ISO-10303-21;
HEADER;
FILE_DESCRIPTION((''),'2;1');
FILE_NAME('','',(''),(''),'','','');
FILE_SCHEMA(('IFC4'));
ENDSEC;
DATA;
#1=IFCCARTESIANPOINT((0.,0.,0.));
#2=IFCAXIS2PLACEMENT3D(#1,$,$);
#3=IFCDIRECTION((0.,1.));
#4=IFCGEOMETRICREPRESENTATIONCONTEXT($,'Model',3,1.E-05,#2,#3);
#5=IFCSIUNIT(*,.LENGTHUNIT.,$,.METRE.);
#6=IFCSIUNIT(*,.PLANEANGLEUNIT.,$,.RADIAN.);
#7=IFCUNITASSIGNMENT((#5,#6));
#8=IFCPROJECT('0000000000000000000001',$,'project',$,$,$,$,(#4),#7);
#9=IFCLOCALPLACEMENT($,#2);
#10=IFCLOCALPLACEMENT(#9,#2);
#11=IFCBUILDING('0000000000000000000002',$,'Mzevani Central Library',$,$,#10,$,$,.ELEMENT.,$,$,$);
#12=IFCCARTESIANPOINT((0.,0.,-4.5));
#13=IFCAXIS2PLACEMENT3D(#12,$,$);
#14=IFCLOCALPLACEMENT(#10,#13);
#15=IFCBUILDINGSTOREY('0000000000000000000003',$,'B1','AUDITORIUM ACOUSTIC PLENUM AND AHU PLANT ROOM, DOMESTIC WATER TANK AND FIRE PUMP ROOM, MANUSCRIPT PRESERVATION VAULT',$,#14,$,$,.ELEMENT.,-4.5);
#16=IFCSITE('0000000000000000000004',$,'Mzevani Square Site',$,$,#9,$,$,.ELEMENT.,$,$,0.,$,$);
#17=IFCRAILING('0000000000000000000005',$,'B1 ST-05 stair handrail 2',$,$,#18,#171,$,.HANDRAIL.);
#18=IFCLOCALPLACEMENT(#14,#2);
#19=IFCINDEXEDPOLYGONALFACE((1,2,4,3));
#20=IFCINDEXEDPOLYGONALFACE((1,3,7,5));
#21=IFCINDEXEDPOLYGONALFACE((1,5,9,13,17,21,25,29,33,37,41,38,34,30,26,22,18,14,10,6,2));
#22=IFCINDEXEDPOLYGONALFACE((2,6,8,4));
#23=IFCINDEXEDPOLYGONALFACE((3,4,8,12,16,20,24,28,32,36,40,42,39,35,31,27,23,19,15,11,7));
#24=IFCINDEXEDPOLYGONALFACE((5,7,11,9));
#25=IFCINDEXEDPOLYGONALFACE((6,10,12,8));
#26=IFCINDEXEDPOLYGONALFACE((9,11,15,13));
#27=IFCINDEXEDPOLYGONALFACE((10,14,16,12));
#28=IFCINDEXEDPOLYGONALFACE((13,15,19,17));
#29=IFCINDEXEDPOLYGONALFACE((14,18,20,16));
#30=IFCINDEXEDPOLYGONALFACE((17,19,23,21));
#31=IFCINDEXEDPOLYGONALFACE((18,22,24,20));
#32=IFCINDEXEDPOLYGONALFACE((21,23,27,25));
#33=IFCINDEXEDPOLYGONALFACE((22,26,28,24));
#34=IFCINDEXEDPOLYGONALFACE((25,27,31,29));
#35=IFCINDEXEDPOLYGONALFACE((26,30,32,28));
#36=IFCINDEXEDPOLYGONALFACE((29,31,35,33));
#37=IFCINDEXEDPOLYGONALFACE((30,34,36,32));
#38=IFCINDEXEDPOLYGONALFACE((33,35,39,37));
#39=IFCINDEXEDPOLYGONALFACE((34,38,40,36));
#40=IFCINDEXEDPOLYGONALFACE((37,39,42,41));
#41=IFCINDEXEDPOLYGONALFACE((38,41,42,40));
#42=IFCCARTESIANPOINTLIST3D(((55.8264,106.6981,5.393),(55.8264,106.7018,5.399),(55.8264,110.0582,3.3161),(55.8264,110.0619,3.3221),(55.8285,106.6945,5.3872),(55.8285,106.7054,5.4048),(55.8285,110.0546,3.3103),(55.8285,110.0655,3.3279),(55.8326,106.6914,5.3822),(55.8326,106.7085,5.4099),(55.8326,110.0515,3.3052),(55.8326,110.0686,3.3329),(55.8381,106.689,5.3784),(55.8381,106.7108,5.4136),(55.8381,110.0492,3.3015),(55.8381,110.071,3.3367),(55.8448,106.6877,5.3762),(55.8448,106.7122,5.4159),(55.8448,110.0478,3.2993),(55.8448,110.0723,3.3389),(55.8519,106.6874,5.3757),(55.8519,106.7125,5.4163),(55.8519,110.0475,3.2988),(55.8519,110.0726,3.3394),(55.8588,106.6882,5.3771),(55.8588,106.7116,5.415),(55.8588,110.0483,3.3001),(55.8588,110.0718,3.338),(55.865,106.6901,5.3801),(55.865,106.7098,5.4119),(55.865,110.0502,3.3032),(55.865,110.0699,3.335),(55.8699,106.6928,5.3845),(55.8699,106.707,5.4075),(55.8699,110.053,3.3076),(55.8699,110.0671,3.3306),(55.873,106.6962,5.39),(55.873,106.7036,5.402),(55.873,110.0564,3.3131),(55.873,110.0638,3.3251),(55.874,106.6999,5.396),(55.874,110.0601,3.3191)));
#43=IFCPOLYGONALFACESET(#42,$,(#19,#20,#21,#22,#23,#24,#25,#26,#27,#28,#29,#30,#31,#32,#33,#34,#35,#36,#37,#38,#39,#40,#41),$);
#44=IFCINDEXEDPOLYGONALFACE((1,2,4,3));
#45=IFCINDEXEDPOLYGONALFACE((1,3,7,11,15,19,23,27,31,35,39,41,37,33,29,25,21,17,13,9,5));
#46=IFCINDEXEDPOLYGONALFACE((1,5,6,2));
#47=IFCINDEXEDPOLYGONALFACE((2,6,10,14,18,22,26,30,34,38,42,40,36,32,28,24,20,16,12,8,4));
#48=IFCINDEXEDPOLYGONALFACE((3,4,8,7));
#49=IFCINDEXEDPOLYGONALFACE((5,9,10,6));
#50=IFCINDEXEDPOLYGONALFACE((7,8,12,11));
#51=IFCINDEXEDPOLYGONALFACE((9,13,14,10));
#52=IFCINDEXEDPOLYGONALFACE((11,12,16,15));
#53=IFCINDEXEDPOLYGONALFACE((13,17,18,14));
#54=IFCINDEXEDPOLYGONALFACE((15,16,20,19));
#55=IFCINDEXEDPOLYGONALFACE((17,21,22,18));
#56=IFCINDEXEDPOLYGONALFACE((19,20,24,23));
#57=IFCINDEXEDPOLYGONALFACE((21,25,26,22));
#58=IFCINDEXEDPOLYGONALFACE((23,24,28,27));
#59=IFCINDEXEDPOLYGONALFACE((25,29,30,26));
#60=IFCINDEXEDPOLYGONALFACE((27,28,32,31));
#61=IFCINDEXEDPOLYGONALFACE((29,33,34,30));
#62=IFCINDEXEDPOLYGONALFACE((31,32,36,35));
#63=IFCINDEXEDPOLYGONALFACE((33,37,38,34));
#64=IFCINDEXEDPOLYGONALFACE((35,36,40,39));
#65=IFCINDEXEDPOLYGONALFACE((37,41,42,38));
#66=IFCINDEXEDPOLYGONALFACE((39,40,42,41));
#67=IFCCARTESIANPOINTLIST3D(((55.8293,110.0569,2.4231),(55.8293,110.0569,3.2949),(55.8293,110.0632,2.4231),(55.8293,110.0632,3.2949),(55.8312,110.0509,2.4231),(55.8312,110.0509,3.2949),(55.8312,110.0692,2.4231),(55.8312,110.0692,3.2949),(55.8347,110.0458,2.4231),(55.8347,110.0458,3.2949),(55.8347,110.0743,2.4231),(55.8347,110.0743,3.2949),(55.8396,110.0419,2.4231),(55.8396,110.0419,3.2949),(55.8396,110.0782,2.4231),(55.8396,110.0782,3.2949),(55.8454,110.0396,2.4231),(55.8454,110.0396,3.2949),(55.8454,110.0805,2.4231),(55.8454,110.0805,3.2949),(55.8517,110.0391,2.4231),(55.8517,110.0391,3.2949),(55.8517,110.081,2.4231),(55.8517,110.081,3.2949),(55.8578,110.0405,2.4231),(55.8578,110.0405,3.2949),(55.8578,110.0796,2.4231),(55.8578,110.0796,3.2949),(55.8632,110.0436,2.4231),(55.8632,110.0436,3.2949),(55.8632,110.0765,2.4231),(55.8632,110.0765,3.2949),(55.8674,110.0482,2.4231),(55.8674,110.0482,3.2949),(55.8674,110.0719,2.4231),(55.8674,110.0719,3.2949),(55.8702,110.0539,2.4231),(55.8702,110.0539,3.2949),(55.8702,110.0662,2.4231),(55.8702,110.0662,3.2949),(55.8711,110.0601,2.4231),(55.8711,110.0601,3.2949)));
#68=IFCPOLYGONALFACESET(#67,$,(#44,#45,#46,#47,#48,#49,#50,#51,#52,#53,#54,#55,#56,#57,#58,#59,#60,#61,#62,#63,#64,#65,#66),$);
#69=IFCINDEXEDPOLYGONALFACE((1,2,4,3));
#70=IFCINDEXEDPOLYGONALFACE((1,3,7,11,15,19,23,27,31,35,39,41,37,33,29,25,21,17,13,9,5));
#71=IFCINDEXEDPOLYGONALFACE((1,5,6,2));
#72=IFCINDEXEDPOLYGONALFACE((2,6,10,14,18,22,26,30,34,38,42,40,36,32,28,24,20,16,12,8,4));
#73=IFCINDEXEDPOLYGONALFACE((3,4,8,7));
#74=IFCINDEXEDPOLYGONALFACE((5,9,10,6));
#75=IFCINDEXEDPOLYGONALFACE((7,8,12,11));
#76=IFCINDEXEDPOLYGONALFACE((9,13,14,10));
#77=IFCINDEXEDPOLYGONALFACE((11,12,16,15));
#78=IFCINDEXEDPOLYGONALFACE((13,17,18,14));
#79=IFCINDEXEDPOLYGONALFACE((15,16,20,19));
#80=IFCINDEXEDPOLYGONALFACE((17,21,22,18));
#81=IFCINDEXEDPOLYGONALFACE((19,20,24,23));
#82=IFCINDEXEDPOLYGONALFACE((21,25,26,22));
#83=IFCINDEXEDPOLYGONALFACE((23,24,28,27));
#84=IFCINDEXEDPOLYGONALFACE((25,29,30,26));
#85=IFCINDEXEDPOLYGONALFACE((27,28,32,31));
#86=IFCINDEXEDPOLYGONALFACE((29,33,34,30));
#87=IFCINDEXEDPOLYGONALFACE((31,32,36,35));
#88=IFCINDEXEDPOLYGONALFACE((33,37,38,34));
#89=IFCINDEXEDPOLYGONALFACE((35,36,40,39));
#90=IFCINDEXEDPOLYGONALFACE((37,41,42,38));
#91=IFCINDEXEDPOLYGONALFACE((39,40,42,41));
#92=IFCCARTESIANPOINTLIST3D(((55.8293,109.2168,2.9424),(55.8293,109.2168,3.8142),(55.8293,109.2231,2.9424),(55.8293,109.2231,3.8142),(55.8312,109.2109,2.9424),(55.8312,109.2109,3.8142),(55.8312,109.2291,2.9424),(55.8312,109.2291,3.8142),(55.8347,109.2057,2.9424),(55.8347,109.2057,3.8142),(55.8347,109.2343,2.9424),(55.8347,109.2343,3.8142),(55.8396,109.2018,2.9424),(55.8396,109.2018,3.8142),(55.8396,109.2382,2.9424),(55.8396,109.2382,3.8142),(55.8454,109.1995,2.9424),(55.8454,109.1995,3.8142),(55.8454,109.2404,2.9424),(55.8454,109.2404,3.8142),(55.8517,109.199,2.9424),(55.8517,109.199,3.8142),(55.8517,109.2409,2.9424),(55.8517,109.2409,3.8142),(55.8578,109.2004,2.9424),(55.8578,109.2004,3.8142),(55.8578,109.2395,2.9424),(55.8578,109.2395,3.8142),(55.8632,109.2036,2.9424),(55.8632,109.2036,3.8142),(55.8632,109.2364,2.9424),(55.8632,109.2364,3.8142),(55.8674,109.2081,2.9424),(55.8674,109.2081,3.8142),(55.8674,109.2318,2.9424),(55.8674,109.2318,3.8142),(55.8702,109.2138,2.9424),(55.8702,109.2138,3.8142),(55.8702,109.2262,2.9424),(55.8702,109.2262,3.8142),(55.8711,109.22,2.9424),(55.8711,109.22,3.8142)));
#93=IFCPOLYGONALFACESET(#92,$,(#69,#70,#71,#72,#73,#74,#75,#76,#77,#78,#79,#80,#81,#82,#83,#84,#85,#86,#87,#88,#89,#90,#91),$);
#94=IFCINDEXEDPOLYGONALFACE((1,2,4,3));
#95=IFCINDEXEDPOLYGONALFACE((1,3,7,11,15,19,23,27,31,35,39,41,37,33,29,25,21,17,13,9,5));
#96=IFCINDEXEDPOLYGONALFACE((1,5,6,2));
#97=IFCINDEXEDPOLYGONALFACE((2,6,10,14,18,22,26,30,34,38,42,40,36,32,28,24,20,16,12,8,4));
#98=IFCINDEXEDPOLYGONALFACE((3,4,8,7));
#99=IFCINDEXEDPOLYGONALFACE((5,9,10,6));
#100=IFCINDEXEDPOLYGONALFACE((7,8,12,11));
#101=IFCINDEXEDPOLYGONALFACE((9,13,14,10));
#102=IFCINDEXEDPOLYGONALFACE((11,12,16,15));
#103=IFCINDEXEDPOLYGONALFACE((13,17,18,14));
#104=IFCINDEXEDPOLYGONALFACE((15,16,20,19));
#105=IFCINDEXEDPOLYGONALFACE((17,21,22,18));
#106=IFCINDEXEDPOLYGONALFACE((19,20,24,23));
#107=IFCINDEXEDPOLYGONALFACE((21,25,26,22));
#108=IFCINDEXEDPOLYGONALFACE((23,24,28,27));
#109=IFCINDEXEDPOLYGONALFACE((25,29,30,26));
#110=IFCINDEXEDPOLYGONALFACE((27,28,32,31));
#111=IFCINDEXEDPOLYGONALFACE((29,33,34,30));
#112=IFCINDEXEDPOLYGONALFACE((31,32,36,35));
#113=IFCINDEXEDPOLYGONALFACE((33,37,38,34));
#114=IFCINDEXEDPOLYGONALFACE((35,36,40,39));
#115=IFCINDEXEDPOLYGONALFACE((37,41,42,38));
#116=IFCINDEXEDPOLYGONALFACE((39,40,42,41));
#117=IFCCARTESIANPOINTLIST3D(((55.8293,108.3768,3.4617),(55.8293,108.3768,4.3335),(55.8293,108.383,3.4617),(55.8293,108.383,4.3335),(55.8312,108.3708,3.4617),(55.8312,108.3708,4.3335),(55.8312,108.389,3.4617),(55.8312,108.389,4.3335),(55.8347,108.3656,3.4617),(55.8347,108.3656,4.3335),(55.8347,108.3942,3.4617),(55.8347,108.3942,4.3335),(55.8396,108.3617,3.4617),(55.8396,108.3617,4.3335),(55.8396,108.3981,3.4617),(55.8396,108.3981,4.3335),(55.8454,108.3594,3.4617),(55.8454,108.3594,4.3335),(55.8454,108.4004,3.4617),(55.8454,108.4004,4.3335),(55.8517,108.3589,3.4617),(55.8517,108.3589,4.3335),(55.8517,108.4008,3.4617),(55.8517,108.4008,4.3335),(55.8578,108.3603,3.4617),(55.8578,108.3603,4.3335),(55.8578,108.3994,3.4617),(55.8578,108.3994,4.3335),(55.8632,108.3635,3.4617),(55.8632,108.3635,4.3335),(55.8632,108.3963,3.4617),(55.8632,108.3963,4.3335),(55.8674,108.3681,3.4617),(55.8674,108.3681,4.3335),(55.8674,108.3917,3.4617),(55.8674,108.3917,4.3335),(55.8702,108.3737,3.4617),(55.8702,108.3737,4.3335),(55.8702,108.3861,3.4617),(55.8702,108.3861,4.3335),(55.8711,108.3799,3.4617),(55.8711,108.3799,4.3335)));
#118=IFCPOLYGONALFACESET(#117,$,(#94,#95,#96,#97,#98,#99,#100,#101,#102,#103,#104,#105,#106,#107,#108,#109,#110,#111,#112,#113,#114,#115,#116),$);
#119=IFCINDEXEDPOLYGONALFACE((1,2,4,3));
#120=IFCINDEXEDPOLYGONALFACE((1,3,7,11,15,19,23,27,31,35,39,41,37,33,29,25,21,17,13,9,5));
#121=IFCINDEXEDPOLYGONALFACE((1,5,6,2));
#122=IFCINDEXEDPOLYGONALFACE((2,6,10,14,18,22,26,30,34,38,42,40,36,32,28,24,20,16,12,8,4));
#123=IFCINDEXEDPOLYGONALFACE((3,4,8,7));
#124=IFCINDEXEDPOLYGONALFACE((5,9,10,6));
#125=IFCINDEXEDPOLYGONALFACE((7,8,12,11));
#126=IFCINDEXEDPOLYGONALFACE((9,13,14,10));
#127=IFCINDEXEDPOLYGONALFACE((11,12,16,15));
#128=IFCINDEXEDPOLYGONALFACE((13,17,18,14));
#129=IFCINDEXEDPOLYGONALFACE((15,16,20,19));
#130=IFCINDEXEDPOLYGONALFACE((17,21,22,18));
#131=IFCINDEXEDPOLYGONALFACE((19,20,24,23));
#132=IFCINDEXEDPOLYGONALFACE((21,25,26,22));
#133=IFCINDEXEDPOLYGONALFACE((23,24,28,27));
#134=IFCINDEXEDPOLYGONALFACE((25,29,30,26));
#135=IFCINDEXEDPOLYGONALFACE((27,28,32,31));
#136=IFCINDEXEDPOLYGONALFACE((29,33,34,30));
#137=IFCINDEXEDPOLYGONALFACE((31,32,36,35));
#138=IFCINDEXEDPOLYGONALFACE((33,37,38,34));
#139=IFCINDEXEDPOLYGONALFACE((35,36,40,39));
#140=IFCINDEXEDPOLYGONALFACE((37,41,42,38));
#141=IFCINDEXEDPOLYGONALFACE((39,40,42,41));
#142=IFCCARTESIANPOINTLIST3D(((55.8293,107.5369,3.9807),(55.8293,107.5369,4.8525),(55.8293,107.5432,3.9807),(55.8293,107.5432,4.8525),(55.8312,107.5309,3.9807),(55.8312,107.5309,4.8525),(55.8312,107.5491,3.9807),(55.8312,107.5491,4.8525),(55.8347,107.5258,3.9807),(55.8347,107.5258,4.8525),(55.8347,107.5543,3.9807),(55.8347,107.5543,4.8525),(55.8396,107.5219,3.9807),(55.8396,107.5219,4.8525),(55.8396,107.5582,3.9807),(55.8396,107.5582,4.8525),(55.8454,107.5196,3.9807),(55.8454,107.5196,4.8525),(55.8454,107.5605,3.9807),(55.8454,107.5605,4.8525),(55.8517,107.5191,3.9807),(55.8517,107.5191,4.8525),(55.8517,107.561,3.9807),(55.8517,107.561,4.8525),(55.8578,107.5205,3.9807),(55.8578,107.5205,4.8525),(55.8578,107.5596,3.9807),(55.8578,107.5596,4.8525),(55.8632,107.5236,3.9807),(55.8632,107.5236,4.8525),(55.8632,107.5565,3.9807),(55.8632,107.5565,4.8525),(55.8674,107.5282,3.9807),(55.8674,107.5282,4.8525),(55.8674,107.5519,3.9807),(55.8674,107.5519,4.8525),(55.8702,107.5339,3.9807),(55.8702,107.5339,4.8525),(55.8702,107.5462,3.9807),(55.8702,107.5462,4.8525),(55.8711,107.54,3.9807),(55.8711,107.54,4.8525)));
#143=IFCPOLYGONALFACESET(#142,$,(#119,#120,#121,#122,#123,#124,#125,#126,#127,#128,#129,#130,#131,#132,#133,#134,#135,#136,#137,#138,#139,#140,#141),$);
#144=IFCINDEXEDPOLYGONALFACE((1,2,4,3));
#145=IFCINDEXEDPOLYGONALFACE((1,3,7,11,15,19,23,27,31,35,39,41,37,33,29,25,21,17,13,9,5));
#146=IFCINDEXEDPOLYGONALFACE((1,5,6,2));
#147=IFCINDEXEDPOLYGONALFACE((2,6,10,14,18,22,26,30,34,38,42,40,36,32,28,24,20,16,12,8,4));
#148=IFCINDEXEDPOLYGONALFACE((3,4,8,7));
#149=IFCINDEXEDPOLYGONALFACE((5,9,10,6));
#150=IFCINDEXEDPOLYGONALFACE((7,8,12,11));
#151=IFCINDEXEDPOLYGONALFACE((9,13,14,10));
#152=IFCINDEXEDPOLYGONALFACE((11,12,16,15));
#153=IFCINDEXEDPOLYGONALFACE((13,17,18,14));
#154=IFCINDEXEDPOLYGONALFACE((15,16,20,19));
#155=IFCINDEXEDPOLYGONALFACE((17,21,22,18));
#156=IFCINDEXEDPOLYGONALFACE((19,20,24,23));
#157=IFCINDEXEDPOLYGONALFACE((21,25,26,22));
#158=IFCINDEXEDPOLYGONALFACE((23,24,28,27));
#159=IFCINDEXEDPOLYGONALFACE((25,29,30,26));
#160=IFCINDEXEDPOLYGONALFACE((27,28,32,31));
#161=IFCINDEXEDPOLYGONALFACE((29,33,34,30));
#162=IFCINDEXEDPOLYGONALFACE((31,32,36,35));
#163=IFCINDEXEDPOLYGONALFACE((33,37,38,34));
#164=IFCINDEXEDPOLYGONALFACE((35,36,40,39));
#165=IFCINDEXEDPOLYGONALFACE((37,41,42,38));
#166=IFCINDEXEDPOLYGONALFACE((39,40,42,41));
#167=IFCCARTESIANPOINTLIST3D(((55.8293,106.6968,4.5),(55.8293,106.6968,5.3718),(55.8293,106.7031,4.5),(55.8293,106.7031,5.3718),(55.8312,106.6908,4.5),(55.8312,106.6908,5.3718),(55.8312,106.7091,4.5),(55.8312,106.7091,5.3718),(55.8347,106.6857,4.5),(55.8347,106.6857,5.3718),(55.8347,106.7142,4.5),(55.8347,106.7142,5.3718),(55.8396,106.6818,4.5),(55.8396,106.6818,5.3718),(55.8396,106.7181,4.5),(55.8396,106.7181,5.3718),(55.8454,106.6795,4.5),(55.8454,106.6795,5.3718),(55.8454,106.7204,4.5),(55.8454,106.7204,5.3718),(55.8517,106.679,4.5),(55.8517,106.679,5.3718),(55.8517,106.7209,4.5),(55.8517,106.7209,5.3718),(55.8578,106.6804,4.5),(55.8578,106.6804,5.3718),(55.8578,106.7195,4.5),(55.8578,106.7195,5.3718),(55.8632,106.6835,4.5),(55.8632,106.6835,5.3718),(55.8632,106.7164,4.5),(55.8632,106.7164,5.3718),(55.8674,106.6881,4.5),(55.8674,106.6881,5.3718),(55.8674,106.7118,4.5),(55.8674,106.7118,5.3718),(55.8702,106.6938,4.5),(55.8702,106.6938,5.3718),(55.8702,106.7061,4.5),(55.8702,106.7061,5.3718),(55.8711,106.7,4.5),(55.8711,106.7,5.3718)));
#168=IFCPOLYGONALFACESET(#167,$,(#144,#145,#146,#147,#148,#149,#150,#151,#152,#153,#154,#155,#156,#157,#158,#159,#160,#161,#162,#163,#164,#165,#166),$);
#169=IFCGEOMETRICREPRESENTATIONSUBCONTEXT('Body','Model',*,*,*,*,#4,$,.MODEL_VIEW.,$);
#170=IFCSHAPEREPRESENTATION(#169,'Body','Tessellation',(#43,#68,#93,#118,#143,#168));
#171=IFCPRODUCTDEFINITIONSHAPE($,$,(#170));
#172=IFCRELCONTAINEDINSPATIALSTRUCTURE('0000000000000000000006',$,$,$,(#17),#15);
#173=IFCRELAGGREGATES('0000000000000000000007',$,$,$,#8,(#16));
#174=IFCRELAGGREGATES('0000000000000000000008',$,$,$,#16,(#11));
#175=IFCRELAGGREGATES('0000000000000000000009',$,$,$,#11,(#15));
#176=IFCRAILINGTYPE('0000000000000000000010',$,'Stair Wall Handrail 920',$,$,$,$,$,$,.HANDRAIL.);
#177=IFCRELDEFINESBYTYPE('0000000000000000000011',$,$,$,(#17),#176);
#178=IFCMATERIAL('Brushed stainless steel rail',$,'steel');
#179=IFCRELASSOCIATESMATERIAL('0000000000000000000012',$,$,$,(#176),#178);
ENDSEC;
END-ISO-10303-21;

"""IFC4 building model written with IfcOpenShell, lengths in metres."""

from ifc_helpers import new_model, si_unit, direction, frame, origin, origin_2d, place, context, subcontext, project, spatial, circle, extrude, material, type_object, element, save


model = new_model("IFC4")

# Units and contexts
model_context = context("Model", 3, precision=1e-05, world=origin(), true_north=direction((0.0, 1.0)))
body_context = subcontext(model_context, "Body", "Model", "MODEL_VIEW")
ifc_project = project(units=[si_unit("LENGTHUNIT", "METRE"), si_unit("PLANEANGLEUNIT", "RADIAN")], contexts=[model_context])

# Site, building, storey
site_placement = place(None, origin())
site = spatial("IfcSite", under=ifc_project, at=site_placement, Name="Mzevani Square Site", CompositionType="ELEMENT", RefElevation=0.0)
building_placement = place(site_placement, origin())
building = spatial("IfcBuilding", under=site, at=building_placement, Name="Mzevani Central Library", CompositionType="ELEMENT")
storey_placement = place(building_placement, frame((0.0, 0.0, -4.5)))
storey = spatial("IfcBuildingStorey", under=building, at=storey_placement, Name="B1", Description="AUDITORIUM ACOUSTIC PLENUM AND AHU PLANT ROOM, DOMESTIC WATER TANK AND FIRE PUMP ROOM, MANUSCRIPT PRESERVATION VAULT", CompositionType="ELEMENT", Elevation=-4.5)

# Railing
ifc_material_1 = material(Name="Brushed stainless steel rail", Category="steel")
railing_type_1 = type_object("IfcRailingType", Name="Stair Wall Handrail 920", PredefinedType="HANDRAIL", material=ifc_material_1)
railing_1_placement = place(storey_placement, frame((55.8501, 110.0601, 2.4231)))
element("IfcRailing", 1, at=railing_1_placement, inside=storey, type_object=railing_type_1, Name="B1 ST-05 stair handrail 2", PredefinedType="HANDRAIL", context=body_context, shape_type="SweptSolid", body=[
    extrude(circle(Radius=0.0239, at=origin_2d()), frame((0.0, 0.0, 0.896), z_axis=(0.0, -0.850623, 0.525776), x_axis=(1.0, 0.0, 0.0)), (0.0, 0.0, 1.0), 3.9502),
    extrude(circle(Radius=0.021, at=origin_2d()), origin(), (0.0, 0.0, 1.0), 0.8718),
    extrude(circle(Radius=0.021, at=origin_2d()), frame((0.0, -0.8401, 0.5193)), (0.0, 0.0, 1.0), 0.8718),
    extrude(circle(Radius=0.021, at=origin_2d()), frame((0.0, -1.6802, 1.0386)), (0.0, 0.0, 1.0), 0.8718),
    extrude(circle(Radius=0.021, at=origin_2d()), frame((0.0, -2.52, 1.5576)), (0.0, 0.0, 1.0), 0.8718),
    extrude(circle(Radius=0.021, at=origin_2d()), frame((0.0, -3.3601, 2.0769)), (0.0, 0.0, 1.0), 0.8718),
])

save(model, "model.ifc")
